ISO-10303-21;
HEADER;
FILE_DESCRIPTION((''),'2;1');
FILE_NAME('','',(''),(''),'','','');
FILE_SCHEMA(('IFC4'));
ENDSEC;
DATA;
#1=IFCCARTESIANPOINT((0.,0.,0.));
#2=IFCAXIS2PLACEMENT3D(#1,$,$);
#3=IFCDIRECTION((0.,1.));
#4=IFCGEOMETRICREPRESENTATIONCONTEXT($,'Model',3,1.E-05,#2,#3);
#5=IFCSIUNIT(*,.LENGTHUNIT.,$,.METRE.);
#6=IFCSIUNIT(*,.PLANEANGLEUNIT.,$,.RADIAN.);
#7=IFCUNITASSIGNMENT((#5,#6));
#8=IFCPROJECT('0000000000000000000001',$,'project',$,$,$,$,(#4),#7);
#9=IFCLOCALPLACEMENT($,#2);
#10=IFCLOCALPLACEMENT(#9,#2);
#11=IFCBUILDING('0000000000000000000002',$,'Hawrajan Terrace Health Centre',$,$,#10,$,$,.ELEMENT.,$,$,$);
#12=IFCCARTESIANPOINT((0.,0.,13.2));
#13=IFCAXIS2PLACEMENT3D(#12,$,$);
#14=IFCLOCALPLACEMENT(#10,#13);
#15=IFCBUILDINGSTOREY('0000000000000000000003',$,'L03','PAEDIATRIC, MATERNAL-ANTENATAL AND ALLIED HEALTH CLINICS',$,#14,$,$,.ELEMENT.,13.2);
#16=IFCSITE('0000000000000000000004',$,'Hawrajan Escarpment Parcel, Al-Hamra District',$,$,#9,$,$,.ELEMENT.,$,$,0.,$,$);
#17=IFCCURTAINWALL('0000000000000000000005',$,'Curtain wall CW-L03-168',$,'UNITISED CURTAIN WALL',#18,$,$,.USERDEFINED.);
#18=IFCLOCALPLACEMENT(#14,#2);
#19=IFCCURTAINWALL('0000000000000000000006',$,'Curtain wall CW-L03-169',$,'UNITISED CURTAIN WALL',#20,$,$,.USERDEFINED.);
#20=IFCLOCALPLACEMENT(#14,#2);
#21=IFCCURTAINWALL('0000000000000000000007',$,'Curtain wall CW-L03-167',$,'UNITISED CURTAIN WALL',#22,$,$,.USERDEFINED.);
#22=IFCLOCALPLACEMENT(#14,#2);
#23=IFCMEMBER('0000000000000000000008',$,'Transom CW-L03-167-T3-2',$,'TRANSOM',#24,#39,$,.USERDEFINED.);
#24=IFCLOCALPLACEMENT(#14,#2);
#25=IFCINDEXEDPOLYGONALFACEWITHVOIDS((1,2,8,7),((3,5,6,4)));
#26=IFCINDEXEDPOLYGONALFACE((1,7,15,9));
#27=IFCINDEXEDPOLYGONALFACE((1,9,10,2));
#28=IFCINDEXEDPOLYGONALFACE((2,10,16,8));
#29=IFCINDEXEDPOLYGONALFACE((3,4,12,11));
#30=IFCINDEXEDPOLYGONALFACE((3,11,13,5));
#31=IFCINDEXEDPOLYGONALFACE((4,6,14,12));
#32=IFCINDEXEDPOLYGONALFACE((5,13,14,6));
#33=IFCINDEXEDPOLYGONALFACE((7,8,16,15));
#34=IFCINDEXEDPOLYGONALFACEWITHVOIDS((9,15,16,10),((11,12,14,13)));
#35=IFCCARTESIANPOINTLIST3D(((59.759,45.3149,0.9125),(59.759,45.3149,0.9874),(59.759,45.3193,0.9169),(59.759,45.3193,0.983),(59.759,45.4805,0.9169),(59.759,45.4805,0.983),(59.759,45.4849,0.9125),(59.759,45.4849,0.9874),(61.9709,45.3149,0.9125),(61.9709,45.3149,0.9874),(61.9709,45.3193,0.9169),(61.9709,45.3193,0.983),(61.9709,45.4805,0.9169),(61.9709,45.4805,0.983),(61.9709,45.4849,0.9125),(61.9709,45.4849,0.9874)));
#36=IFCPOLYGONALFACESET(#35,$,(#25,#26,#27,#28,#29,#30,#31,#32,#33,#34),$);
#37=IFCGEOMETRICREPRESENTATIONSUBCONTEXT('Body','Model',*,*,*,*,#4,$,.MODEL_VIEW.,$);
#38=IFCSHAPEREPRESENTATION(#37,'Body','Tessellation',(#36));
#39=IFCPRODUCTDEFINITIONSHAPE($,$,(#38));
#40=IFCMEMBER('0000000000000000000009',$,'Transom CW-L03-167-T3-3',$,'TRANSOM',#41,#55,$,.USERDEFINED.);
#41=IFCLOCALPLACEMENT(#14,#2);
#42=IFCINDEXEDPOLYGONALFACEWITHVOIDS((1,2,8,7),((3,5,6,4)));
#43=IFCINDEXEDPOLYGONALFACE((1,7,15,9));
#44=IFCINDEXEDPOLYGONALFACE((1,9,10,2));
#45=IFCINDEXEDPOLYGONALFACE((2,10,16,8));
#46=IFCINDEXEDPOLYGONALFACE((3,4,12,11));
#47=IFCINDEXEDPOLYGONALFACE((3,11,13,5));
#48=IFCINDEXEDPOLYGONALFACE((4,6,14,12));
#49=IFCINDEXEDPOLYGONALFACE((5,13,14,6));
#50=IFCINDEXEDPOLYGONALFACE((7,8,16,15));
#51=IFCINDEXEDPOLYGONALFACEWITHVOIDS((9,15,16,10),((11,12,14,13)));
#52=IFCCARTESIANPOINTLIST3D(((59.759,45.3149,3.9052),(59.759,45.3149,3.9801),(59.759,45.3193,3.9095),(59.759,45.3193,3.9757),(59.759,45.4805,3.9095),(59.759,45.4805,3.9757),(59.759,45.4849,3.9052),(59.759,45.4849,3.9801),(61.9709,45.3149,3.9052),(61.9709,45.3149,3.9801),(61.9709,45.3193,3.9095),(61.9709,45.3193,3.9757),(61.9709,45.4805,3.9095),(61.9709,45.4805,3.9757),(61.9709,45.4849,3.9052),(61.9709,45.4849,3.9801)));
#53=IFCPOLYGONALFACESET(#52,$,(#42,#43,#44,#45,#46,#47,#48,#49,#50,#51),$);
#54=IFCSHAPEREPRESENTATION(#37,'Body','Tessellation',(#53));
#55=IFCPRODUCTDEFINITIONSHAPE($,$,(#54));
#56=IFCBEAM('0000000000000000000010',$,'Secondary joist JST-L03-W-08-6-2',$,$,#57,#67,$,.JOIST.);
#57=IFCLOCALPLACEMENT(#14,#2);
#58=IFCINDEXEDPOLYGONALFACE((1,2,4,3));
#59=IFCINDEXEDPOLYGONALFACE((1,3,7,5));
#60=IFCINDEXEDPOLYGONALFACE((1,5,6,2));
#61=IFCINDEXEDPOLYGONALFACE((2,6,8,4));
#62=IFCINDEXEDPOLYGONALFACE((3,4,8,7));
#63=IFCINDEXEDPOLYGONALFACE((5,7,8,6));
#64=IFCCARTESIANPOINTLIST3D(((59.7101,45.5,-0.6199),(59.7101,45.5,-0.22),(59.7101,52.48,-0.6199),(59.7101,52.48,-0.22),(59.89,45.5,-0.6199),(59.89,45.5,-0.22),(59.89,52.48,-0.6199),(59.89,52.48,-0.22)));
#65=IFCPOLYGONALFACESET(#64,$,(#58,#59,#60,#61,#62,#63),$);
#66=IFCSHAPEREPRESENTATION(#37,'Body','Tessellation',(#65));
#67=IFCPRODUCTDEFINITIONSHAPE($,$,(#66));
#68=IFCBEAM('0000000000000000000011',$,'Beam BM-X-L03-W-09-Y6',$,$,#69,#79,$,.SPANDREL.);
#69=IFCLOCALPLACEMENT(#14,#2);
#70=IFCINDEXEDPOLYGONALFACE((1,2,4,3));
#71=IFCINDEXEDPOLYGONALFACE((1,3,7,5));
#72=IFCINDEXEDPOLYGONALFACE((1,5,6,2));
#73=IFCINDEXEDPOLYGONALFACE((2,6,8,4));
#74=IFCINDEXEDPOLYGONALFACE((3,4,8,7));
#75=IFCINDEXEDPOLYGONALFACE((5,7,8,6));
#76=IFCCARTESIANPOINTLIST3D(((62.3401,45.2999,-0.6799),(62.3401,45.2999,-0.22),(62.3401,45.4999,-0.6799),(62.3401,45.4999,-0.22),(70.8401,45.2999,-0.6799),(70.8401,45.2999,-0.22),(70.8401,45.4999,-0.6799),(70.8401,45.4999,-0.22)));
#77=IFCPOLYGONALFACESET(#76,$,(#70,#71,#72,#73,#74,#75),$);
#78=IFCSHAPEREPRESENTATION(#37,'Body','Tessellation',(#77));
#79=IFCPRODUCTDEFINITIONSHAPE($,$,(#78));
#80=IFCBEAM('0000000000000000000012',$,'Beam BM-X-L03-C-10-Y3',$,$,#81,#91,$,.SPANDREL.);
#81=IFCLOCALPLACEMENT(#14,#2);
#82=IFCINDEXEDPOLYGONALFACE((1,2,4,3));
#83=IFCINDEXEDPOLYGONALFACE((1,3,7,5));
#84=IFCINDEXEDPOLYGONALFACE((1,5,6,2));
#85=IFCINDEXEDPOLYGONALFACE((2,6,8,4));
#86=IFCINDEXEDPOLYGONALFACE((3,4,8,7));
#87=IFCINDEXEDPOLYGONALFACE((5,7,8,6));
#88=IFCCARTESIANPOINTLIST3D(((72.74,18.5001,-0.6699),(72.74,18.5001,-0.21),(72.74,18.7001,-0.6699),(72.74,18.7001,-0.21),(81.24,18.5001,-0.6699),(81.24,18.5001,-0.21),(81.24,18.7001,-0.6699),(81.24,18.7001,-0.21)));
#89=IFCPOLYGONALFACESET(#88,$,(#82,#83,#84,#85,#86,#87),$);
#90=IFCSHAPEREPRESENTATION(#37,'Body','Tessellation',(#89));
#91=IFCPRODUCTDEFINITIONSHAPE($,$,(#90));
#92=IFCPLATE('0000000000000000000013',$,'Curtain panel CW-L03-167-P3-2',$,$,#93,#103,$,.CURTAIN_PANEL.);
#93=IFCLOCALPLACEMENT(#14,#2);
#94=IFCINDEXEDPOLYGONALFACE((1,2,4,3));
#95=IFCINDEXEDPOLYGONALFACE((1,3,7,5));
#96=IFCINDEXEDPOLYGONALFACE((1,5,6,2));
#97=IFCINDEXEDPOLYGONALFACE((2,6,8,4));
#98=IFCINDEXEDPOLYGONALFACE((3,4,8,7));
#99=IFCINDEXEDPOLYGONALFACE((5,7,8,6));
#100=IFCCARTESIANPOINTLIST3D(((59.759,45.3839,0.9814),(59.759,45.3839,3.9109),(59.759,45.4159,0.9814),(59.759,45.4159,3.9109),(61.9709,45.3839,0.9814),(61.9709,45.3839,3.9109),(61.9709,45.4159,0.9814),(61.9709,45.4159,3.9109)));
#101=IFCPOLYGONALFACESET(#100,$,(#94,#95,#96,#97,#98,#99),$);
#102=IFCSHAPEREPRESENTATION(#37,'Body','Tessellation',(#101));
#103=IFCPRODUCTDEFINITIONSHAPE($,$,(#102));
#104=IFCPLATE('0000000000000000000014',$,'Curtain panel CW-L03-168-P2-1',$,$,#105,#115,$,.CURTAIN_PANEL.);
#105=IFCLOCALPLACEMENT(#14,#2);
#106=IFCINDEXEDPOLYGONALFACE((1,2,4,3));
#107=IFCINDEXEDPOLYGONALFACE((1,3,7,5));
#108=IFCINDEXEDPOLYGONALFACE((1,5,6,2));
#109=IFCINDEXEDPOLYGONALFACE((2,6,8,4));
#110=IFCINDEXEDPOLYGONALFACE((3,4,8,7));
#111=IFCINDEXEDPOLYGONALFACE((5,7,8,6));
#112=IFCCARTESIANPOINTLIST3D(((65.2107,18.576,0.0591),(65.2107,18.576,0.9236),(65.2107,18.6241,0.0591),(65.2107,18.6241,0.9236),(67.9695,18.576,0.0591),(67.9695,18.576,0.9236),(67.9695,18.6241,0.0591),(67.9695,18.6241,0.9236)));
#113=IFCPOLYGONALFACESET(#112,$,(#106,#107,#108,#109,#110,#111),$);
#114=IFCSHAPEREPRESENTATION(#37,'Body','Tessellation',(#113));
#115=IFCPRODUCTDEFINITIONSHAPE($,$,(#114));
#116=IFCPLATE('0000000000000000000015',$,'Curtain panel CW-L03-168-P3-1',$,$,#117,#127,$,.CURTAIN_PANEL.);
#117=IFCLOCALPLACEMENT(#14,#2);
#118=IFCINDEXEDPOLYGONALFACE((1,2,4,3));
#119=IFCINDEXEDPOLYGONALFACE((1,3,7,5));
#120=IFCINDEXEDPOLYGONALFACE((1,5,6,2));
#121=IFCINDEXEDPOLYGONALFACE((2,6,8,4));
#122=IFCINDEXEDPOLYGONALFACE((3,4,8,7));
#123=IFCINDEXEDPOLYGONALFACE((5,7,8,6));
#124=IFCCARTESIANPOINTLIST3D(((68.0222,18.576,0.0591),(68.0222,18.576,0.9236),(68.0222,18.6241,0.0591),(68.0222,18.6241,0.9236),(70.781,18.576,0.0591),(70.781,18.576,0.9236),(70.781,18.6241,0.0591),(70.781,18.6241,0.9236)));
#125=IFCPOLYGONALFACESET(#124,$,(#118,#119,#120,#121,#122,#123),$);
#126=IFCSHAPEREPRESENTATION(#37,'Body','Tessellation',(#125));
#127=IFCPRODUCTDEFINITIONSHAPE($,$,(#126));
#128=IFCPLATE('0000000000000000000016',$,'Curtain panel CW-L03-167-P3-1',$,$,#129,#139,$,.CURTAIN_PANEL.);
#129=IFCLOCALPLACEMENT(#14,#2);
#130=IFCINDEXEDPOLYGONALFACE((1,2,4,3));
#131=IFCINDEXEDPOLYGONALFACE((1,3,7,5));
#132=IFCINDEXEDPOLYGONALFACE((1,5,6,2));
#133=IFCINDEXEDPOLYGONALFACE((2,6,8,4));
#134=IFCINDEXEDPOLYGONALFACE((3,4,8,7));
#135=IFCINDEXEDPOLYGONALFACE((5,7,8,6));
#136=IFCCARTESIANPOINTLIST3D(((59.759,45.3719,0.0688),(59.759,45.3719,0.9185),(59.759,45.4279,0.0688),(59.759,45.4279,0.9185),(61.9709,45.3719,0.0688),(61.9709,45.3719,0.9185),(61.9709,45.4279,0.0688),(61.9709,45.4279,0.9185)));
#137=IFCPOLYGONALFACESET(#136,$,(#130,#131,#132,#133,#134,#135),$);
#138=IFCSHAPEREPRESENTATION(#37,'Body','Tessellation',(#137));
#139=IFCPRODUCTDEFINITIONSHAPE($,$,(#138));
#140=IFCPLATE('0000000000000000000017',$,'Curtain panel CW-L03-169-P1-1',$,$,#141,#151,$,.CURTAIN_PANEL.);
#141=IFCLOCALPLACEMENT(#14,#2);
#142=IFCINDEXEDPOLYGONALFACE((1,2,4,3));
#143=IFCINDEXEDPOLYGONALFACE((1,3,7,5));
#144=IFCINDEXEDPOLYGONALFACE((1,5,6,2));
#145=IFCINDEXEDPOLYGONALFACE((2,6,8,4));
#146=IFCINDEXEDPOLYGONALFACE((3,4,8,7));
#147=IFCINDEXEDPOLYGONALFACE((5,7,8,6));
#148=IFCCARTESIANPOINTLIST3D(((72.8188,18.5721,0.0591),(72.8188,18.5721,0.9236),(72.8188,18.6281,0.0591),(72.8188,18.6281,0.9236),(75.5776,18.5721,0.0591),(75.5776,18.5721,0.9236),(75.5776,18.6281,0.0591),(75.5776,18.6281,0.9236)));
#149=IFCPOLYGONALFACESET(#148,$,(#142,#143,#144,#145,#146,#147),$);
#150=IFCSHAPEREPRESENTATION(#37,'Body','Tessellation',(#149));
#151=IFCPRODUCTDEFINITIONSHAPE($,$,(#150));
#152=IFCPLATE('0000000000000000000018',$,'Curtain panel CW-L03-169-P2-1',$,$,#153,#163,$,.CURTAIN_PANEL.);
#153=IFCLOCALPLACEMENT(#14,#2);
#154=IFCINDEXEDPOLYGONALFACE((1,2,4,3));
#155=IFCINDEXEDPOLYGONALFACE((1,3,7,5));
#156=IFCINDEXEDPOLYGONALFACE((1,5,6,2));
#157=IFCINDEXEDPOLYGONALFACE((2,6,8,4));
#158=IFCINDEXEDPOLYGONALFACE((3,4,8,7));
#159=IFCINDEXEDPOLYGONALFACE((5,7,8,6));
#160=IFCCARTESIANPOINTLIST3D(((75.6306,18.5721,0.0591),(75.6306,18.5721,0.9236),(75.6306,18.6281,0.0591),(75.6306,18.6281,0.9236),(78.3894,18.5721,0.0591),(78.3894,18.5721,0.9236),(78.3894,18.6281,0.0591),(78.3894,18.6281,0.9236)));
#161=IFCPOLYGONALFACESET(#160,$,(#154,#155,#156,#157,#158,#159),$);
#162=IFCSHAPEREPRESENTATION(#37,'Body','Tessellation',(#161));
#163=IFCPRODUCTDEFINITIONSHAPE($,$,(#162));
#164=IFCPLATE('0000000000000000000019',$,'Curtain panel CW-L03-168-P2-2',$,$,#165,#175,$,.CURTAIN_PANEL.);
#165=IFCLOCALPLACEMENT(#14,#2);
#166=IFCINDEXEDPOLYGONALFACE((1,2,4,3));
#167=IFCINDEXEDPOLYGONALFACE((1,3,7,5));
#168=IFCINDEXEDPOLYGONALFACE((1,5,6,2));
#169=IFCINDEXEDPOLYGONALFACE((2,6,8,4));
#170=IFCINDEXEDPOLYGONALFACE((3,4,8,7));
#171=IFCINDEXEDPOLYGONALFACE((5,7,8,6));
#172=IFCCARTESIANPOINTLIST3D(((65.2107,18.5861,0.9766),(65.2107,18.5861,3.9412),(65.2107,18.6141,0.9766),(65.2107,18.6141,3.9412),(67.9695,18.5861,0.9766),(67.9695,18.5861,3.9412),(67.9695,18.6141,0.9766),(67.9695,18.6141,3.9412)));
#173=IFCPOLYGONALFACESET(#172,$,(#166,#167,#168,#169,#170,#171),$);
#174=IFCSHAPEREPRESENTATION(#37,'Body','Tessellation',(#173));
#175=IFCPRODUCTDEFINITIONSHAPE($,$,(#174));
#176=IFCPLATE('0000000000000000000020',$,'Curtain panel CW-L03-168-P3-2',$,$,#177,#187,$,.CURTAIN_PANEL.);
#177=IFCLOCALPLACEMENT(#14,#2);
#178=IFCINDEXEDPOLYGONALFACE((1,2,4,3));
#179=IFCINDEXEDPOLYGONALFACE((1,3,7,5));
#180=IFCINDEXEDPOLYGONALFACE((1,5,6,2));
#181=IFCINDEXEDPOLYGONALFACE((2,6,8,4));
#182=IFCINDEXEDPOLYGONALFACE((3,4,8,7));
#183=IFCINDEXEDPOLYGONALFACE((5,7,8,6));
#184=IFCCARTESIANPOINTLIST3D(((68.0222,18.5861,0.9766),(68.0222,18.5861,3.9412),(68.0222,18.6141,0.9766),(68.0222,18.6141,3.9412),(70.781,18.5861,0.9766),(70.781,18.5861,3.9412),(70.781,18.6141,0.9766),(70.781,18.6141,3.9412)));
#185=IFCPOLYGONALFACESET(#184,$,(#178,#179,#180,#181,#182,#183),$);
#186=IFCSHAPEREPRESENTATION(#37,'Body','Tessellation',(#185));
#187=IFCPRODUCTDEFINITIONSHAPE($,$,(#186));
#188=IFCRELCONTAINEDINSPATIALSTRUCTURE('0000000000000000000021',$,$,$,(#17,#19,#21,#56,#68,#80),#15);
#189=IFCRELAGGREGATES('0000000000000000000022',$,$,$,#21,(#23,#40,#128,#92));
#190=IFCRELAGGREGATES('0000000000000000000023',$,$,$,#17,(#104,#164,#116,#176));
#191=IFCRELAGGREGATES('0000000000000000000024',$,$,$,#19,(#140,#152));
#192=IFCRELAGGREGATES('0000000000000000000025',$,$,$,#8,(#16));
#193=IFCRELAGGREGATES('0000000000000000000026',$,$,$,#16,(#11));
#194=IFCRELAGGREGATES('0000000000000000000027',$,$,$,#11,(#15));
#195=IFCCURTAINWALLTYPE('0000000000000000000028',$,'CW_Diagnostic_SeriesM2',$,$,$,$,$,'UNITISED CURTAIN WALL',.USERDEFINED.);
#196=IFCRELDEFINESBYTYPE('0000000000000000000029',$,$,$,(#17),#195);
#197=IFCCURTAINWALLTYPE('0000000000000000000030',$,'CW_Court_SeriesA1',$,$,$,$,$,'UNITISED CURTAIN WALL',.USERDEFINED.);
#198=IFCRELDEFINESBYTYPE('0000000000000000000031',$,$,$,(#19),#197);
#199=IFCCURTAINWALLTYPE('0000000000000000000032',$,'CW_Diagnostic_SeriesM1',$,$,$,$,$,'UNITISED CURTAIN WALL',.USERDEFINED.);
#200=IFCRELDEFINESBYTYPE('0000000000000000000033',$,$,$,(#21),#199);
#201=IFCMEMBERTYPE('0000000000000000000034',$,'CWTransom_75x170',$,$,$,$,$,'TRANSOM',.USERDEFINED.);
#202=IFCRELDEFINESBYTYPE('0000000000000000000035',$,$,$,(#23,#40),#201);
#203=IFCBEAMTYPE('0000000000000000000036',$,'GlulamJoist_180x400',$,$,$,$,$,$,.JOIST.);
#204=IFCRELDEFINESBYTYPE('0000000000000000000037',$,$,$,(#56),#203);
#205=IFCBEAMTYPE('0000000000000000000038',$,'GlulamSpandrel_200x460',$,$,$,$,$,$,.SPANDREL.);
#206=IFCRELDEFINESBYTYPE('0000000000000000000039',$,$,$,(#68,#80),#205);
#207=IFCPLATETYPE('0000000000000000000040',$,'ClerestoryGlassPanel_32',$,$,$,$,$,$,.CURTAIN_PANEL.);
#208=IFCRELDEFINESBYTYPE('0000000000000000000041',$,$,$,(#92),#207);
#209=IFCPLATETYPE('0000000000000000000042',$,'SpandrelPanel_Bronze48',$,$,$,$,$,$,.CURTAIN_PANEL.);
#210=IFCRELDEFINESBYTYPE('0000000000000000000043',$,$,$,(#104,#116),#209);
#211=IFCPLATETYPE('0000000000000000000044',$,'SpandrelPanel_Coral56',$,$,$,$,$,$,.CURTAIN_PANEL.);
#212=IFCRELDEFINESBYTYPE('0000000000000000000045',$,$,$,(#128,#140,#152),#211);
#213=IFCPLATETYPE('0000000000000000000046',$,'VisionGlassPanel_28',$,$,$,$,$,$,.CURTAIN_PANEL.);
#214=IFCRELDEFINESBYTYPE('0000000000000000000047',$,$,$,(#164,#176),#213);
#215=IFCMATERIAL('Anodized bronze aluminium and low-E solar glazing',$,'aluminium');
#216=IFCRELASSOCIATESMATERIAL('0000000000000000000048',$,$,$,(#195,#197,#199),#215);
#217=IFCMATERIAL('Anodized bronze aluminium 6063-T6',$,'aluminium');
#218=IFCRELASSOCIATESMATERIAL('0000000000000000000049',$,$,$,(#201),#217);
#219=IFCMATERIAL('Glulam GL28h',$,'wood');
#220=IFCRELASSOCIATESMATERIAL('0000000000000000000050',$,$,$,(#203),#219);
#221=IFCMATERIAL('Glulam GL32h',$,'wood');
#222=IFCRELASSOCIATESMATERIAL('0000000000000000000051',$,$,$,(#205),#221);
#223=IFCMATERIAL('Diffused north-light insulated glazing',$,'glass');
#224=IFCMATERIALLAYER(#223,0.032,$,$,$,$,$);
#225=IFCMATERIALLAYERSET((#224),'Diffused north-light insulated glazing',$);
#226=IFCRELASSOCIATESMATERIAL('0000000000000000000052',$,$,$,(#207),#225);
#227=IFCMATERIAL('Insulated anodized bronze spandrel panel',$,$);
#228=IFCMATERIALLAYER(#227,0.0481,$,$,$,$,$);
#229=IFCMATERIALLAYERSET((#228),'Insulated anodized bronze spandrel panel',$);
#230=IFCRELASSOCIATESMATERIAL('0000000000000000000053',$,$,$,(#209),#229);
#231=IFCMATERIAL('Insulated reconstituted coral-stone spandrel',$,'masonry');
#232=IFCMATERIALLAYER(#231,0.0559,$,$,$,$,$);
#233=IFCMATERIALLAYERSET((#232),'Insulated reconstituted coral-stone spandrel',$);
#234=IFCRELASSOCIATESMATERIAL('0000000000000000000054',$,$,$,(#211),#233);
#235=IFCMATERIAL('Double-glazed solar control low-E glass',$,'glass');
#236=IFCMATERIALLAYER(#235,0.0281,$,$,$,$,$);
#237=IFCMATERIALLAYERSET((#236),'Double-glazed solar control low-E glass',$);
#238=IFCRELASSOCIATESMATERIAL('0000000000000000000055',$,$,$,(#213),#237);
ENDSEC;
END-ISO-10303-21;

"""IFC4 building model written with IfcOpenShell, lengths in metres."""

from ifc_helpers import new_model, si_unit, direction, frame, origin, origin_2d, place, context, subcontext, project, spatial, rectangle, hollow_rectangle, extrude, material, layer, layer_set, material_profile, profile_set, type_object, element, aggregate, save


model = new_model("IFC4")

# Units and contexts
model_context = context("Model", 3, precision=1e-05, world=origin(), true_north=direction((0.0, 1.0)))
body_context = subcontext(model_context, "Body", "Model", "MODEL_VIEW")
ifc_project = project(units=[si_unit("LENGTHUNIT", "METRE"), si_unit("PLANEANGLEUNIT", "RADIAN")], contexts=[model_context])

# Site, building, storey
site_placement = place(None, origin())
site = spatial("IfcSite", under=ifc_project, at=site_placement, Name="Hawrajan Escarpment Parcel, Al-Hamra District", CompositionType="ELEMENT", RefElevation=0.0)
building_placement = place(site_placement, origin())
building = spatial("IfcBuilding", under=site, at=building_placement, Name="Hawrajan Terrace Health Centre", CompositionType="ELEMENT")
storey_placement = place(building_placement, frame((0.0, 0.0, 13.2)))
storey = spatial("IfcBuildingStorey", under=building, at=storey_placement, Name="L03", Description="PAEDIATRIC, MATERNAL-ANTENATAL AND ALLIED HEALTH CLINICS", CompositionType="ELEMENT", Elevation=13.2)

# Shared definitions
ifc_material_1 = material(Name="Glulam GL32h", Category="wood")

# Curtain walls
ifc_material_2 = material(Name="Anodized bronze aluminium and low-E solar glazing", Category="aluminium")
curtain_wall_type_1 = type_object("IfcCurtainWallType", Name="CW_Diagnostic_SeriesM2", ElementType="UNITISED CURTAIN WALL", PredefinedType="USERDEFINED", material=ifc_material_2)
curtain_wall_1_placement = place(storey_placement, origin())
curtain_wall_1 = element("IfcCurtainWall", 1, at=curtain_wall_1_placement, inside=storey, type_object=curtain_wall_type_1, Name="Curtain wall CW-L03-168", ObjectType="UNITISED CURTAIN WALL", PredefinedType="USERDEFINED")
ifc_material_3 = material(Name="Anodized bronze aluminium 6063-T6", Category="aluminium")
curtain_wall_type_2 = type_object("IfcCurtainWallType", Name="CW_Court_SeriesA1", ElementType="UNITISED CURTAIN WALL", PredefinedType="USERDEFINED", material=ifc_material_2)
curtain_wall_2_placement = place(storey_placement, origin())
curtain_wall_2 = element("IfcCurtainWall", 2, at=curtain_wall_2_placement, inside=storey, type_object=curtain_wall_type_2, Name="Curtain wall CW-L03-169", ObjectType="UNITISED CURTAIN WALL", PredefinedType="USERDEFINED")

# Curtain wall
curtain_wall_type_3 = type_object("IfcCurtainWallType", Name="CW_Diagnostic_SeriesM1", ElementType="UNITISED CURTAIN WALL", PredefinedType="USERDEFINED", material=ifc_material_2)
curtain_wall_3_placement = place(storey_placement, origin())
curtain_wall_3 = element("IfcCurtainWall", 3, at=curtain_wall_3_placement, inside=storey, type_object=curtain_wall_type_3, Name="Curtain wall CW-L03-167", ObjectType="UNITISED CURTAIN WALL", PredefinedType="USERDEFINED")

# Members
ifc_material_profile_1 = material_profile(ifc_material_3, hollow_rectangle(XDim=0.075, YDim=0.1699, WallThickness=0.0044, at=origin_2d()), Name="CW TRN 75x170")
ifc_profile_set_1 = profile_set([ifc_material_profile_1], Name="Anodized bronze aluminium 6063-T6")
member_type_1 = type_object("IfcMemberType", Name="CWTransom_75x170", ElementType="TRANSOM", PredefinedType="USERDEFINED", material=ifc_profile_set_1)
member_1_placement = place(storey_placement, frame((59.759, 45.3999, 0.95), z_axis=(1.0, 0.0, 0.0), x_axis=(0.0, 0.0, 1.0)))
member_1 = element("IfcMember", 4, at=member_1_placement, type_object=member_type_1, Name="Transom CW-L03-167-T3-2", ObjectType="TRANSOM", PredefinedType="USERDEFINED", context=body_context, shape_type="SweptSolid", body=[
    extrude(hollow_rectangle(XDim=0.075, YDim=0.1699, WallThickness=0.0044, at=origin_2d()), origin(), (0.0, 0.0, 1.0), 2.2119),
])
member_2_placement = place(storey_placement, frame((59.759, 45.3999, 3.9426), z_axis=(1.0, 0.0, 0.0), x_axis=(0.0, 0.0, 1.0)))
member_2 = element("IfcMember", 5, at=member_2_placement, type_object=member_type_1, Name="Transom CW-L03-167-T3-3", ObjectType="TRANSOM", PredefinedType="USERDEFINED", context=body_context, shape_type="SweptSolid", body=[
    extrude(hollow_rectangle(XDim=0.075, YDim=0.1699, WallThickness=0.0044, at=origin_2d()), origin(), (0.0, 0.0, 1.0), 2.2119),
])

# Beams
ifc_material_4 = material(Name="Glulam GL28h", Category="wood")
ifc_material_profile_2 = material_profile(ifc_material_4, rectangle(XDim=0.1799, YDim=0.3999, at=origin_2d()), Name="GL JST 180x400")
ifc_profile_set_2 = profile_set([ifc_material_profile_2], Name="Glulam GL28h")
beam_type_1 = type_object("IfcBeamType", Name="GlulamJoist_180x400", PredefinedType="JOIST", material=ifc_profile_set_2)
beam_placement = place(storey_placement, frame((59.8, 45.5, -0.4199), z_axis=(0.0, 1.0, 0.0), x_axis=(-1.0, 0.0, 0.0)))
element("IfcBeam", 6, at=beam_placement, inside=storey, type_object=beam_type_1, Name="Secondary joist JST-L03-W-08-6-2", PredefinedType="JOIST", context=body_context, shape_type="SweptSolid", body=[
    extrude(rectangle(XDim=0.1799, YDim=0.3999, at=origin_2d()), origin(), (0.0, 0.0, 1.0), 6.98),
])
ifc_material_profile_3 = material_profile(ifc_material_1, rectangle(XDim=0.2, YDim=0.46, at=origin_2d()), Name="GL SP 200x460")
ifc_profile_set_3 = profile_set([ifc_material_profile_3], Name="Glulam GL32h")
beam_type_2 = type_object("IfcBeamType", Name="GlulamSpandrel_200x460", PredefinedType="SPANDREL", material=ifc_profile_set_3)
for number, where, z_axis, x_axis, name in (
    (7, (62.3401, 45.3999, -0.45), (1.0, 0.0, 0.0), (0.0, 1.0, 0.0), "Beam BM-X-L03-W-09-Y6"),
    (8, (72.74, 18.6001, -0.4399), (1.0, 0.0, 0.0), (0.0, 1.0, 0.0), "Beam BM-X-L03-C-10-Y3"),
):
    element("IfcBeam", number, at=place(storey_placement, frame(where, z_axis=z_axis, x_axis=x_axis)), inside=storey, type_object=beam_type_2, Name=name, PredefinedType="SPANDREL", context=body_context, shape_type="SweptSolid", body=[
        extrude(rectangle(XDim=0.2, YDim=0.46, at=origin_2d()), origin(), (0.0, 0.0, 1.0), 8.5),
    ])

# Plates
ifc_material_5 = material(Name="Diffused north-light insulated glazing", Category="glass")
ifc_layer_1 = layer(ifc_material_5, 0.032)
ifc_layer_set_1 = layer_set([ifc_layer_1], Name="Diffused north-light insulated glazing")
plate_type_1 = type_object("IfcPlateType", Name="ClerestoryGlassPanel_32", PredefinedType="CURTAIN_PANEL", material=ifc_layer_set_1)
plate_1_placement = place(storey_placement, frame((60.865, 45.3999, 0.9814), z_axis=(0.0, 0.0, 1.0), x_axis=(1.0, 0.0, 0.0)))
plate_1 = element("IfcPlate", 9, at=plate_1_placement, type_object=plate_type_1, Name="Curtain panel CW-L03-167-P3-2", PredefinedType="CURTAIN_PANEL", context=body_context, shape_type="SweptSolid", body=[
    extrude(rectangle(XDim=2.2119, YDim=0.032, at=origin_2d()), origin(), (0.0, 0.0, 1.0), 2.9294),
])
ifc_material_6 = material(Name="Insulated anodized bronze spandrel panel")
ifc_layer_2 = layer(ifc_material_6, 0.0481)
ifc_layer_set_2 = layer_set([ifc_layer_2], Name="Insulated anodized bronze spandrel panel")
plate_type_2 = type_object("IfcPlateType", Name="SpandrelPanel_Bronze48", PredefinedType="CURTAIN_PANEL", material=ifc_layer_set_2)
plate_2_placement = place(storey_placement, frame((66.5901, 18.6001, 0.0591), z_axis=(0.0, 0.0, 1.0), x_axis=(1.0, 0.0, 0.0)))
plate_2 = element("IfcPlate", 10, at=plate_2_placement, type_object=plate_type_2, Name="Curtain panel CW-L03-168-P2-1", PredefinedType="CURTAIN_PANEL", context=body_context, shape_type="SweptSolid", body=[
    extrude(rectangle(XDim=2.7588, YDim=0.0481, at=origin_2d()), origin(), (0.0, 0.0, 1.0), 0.8645),
])
plate_3_placement = place(storey_placement, frame((69.4016, 18.6001, 0.0591), z_axis=(0.0, 0.0, 1.0), x_axis=(1.0, 0.0, 0.0)))
plate_3 = element("IfcPlate", 11, at=plate_3_placement, type_object=plate_type_2, Name="Curtain panel CW-L03-168-P3-1", PredefinedType="CURTAIN_PANEL", context=body_context, shape_type="SweptSolid", body=[
    extrude(rectangle(XDim=2.7588, YDim=0.0481, at=origin_2d()), origin(), (0.0, 0.0, 1.0), 0.8645),
])
ifc_material_7 = material(Name="Insulated reconstituted coral-stone spandrel", Category="masonry")
ifc_layer_3 = layer(ifc_material_7, 0.0559)
ifc_layer_set_3 = layer_set([ifc_layer_3], Name="Insulated reconstituted coral-stone spandrel")
plate_type_3 = type_object("IfcPlateType", Name="SpandrelPanel_Coral56", PredefinedType="CURTAIN_PANEL", material=ifc_layer_set_3)
plate_4_placement = place(storey_placement, frame((60.865, 45.3999, 0.0688), z_axis=(0.0, 0.0, 1.0), x_axis=(1.0, 0.0, 0.0)))
plate_4 = element("IfcPlate", 12, at=plate_4_placement, type_object=plate_type_3, Name="Curtain panel CW-L03-167-P3-1", PredefinedType="CURTAIN_PANEL", context=body_context, shape_type="SweptSolid", body=[
    extrude(rectangle(XDim=2.2119, YDim=0.0559, at=origin_2d()), origin(), (0.0, 0.0, 1.0), 0.8496),
])
aggregate(curtain_wall_3, [member_1, member_2, plate_4, plate_1])
plate_5_placement = place(storey_placement, frame((74.1982, 18.6001, 0.0591), z_axis=(0.0, 0.0, 1.0), x_axis=(1.0, 0.0, 0.0)))
plate_5 = element("IfcPlate", 13, at=plate_5_placement, type_object=plate_type_3, Name="Curtain panel CW-L03-169-P1-1", PredefinedType="CURTAIN_PANEL", context=body_context, shape_type="SweptSolid", body=[
    extrude(rectangle(XDim=2.7588, YDim=0.0559, at=origin_2d()), origin(), (0.0, 0.0, 1.0), 0.8645),
])
plate_6_placement = place(storey_placement, frame((77.01, 18.6001, 0.0591), z_axis=(0.0, 0.0, 1.0), x_axis=(1.0, 0.0, 0.0)))
plate_6 = element("IfcPlate", 14, at=plate_6_placement, type_object=plate_type_3, Name="Curtain panel CW-L03-169-P2-1", PredefinedType="CURTAIN_PANEL", context=body_context, shape_type="SweptSolid", body=[
    extrude(rectangle(XDim=2.7588, YDim=0.0559, at=origin_2d()), origin(), (0.0, 0.0, 1.0), 0.8645),
])
ifc_material_8 = material(Name="Double-glazed solar control low-E glass", Category="glass")
ifc_layer_4 = layer(ifc_material_8, 0.0281)
ifc_layer_set_4 = layer_set([ifc_layer_4], Name="Double-glazed solar control low-E glass")
plate_type_4 = type_object("IfcPlateType", Name="VisionGlassPanel_28", PredefinedType="CURTAIN_PANEL", material=ifc_layer_set_4)
plate_7_placement = place(storey_placement, frame((66.5901, 18.6001, 0.9766), z_axis=(0.0, 0.0, 1.0), x_axis=(1.0, 0.0, 0.0)))
plate_7 = element("IfcPlate", 15, at=plate_7_placement, type_object=plate_type_4, Name="Curtain panel CW-L03-168-P2-2", PredefinedType="CURTAIN_PANEL", context=body_context, shape_type="SweptSolid", body=[
    extrude(rectangle(XDim=2.7588, YDim=0.0281, at=origin_2d()), origin(), (0.0, 0.0, 1.0), 2.9646),
])
plate_8_placement = place(storey_placement, frame((69.4016, 18.6001, 0.9766), z_axis=(0.0, 0.0, 1.0), x_axis=(1.0, 0.0, 0.0)))
plate_8 = element("IfcPlate", 16, at=plate_8_placement, type_object=plate_type_4, Name="Curtain panel CW-L03-168-P3-2", PredefinedType="CURTAIN_PANEL", context=body_context, shape_type="SweptSolid", body=[
    extrude(rectangle(XDim=2.7588, YDim=0.0281, at=origin_2d()), origin(), (0.0, 0.0, 1.0), 2.9646),
])
aggregate(curtain_wall_1, [plate_2, plate_7, plate_3, plate_8])
aggregate(curtain_wall_2, [plate_5, plate_6])

save(model, "model.ifc")
